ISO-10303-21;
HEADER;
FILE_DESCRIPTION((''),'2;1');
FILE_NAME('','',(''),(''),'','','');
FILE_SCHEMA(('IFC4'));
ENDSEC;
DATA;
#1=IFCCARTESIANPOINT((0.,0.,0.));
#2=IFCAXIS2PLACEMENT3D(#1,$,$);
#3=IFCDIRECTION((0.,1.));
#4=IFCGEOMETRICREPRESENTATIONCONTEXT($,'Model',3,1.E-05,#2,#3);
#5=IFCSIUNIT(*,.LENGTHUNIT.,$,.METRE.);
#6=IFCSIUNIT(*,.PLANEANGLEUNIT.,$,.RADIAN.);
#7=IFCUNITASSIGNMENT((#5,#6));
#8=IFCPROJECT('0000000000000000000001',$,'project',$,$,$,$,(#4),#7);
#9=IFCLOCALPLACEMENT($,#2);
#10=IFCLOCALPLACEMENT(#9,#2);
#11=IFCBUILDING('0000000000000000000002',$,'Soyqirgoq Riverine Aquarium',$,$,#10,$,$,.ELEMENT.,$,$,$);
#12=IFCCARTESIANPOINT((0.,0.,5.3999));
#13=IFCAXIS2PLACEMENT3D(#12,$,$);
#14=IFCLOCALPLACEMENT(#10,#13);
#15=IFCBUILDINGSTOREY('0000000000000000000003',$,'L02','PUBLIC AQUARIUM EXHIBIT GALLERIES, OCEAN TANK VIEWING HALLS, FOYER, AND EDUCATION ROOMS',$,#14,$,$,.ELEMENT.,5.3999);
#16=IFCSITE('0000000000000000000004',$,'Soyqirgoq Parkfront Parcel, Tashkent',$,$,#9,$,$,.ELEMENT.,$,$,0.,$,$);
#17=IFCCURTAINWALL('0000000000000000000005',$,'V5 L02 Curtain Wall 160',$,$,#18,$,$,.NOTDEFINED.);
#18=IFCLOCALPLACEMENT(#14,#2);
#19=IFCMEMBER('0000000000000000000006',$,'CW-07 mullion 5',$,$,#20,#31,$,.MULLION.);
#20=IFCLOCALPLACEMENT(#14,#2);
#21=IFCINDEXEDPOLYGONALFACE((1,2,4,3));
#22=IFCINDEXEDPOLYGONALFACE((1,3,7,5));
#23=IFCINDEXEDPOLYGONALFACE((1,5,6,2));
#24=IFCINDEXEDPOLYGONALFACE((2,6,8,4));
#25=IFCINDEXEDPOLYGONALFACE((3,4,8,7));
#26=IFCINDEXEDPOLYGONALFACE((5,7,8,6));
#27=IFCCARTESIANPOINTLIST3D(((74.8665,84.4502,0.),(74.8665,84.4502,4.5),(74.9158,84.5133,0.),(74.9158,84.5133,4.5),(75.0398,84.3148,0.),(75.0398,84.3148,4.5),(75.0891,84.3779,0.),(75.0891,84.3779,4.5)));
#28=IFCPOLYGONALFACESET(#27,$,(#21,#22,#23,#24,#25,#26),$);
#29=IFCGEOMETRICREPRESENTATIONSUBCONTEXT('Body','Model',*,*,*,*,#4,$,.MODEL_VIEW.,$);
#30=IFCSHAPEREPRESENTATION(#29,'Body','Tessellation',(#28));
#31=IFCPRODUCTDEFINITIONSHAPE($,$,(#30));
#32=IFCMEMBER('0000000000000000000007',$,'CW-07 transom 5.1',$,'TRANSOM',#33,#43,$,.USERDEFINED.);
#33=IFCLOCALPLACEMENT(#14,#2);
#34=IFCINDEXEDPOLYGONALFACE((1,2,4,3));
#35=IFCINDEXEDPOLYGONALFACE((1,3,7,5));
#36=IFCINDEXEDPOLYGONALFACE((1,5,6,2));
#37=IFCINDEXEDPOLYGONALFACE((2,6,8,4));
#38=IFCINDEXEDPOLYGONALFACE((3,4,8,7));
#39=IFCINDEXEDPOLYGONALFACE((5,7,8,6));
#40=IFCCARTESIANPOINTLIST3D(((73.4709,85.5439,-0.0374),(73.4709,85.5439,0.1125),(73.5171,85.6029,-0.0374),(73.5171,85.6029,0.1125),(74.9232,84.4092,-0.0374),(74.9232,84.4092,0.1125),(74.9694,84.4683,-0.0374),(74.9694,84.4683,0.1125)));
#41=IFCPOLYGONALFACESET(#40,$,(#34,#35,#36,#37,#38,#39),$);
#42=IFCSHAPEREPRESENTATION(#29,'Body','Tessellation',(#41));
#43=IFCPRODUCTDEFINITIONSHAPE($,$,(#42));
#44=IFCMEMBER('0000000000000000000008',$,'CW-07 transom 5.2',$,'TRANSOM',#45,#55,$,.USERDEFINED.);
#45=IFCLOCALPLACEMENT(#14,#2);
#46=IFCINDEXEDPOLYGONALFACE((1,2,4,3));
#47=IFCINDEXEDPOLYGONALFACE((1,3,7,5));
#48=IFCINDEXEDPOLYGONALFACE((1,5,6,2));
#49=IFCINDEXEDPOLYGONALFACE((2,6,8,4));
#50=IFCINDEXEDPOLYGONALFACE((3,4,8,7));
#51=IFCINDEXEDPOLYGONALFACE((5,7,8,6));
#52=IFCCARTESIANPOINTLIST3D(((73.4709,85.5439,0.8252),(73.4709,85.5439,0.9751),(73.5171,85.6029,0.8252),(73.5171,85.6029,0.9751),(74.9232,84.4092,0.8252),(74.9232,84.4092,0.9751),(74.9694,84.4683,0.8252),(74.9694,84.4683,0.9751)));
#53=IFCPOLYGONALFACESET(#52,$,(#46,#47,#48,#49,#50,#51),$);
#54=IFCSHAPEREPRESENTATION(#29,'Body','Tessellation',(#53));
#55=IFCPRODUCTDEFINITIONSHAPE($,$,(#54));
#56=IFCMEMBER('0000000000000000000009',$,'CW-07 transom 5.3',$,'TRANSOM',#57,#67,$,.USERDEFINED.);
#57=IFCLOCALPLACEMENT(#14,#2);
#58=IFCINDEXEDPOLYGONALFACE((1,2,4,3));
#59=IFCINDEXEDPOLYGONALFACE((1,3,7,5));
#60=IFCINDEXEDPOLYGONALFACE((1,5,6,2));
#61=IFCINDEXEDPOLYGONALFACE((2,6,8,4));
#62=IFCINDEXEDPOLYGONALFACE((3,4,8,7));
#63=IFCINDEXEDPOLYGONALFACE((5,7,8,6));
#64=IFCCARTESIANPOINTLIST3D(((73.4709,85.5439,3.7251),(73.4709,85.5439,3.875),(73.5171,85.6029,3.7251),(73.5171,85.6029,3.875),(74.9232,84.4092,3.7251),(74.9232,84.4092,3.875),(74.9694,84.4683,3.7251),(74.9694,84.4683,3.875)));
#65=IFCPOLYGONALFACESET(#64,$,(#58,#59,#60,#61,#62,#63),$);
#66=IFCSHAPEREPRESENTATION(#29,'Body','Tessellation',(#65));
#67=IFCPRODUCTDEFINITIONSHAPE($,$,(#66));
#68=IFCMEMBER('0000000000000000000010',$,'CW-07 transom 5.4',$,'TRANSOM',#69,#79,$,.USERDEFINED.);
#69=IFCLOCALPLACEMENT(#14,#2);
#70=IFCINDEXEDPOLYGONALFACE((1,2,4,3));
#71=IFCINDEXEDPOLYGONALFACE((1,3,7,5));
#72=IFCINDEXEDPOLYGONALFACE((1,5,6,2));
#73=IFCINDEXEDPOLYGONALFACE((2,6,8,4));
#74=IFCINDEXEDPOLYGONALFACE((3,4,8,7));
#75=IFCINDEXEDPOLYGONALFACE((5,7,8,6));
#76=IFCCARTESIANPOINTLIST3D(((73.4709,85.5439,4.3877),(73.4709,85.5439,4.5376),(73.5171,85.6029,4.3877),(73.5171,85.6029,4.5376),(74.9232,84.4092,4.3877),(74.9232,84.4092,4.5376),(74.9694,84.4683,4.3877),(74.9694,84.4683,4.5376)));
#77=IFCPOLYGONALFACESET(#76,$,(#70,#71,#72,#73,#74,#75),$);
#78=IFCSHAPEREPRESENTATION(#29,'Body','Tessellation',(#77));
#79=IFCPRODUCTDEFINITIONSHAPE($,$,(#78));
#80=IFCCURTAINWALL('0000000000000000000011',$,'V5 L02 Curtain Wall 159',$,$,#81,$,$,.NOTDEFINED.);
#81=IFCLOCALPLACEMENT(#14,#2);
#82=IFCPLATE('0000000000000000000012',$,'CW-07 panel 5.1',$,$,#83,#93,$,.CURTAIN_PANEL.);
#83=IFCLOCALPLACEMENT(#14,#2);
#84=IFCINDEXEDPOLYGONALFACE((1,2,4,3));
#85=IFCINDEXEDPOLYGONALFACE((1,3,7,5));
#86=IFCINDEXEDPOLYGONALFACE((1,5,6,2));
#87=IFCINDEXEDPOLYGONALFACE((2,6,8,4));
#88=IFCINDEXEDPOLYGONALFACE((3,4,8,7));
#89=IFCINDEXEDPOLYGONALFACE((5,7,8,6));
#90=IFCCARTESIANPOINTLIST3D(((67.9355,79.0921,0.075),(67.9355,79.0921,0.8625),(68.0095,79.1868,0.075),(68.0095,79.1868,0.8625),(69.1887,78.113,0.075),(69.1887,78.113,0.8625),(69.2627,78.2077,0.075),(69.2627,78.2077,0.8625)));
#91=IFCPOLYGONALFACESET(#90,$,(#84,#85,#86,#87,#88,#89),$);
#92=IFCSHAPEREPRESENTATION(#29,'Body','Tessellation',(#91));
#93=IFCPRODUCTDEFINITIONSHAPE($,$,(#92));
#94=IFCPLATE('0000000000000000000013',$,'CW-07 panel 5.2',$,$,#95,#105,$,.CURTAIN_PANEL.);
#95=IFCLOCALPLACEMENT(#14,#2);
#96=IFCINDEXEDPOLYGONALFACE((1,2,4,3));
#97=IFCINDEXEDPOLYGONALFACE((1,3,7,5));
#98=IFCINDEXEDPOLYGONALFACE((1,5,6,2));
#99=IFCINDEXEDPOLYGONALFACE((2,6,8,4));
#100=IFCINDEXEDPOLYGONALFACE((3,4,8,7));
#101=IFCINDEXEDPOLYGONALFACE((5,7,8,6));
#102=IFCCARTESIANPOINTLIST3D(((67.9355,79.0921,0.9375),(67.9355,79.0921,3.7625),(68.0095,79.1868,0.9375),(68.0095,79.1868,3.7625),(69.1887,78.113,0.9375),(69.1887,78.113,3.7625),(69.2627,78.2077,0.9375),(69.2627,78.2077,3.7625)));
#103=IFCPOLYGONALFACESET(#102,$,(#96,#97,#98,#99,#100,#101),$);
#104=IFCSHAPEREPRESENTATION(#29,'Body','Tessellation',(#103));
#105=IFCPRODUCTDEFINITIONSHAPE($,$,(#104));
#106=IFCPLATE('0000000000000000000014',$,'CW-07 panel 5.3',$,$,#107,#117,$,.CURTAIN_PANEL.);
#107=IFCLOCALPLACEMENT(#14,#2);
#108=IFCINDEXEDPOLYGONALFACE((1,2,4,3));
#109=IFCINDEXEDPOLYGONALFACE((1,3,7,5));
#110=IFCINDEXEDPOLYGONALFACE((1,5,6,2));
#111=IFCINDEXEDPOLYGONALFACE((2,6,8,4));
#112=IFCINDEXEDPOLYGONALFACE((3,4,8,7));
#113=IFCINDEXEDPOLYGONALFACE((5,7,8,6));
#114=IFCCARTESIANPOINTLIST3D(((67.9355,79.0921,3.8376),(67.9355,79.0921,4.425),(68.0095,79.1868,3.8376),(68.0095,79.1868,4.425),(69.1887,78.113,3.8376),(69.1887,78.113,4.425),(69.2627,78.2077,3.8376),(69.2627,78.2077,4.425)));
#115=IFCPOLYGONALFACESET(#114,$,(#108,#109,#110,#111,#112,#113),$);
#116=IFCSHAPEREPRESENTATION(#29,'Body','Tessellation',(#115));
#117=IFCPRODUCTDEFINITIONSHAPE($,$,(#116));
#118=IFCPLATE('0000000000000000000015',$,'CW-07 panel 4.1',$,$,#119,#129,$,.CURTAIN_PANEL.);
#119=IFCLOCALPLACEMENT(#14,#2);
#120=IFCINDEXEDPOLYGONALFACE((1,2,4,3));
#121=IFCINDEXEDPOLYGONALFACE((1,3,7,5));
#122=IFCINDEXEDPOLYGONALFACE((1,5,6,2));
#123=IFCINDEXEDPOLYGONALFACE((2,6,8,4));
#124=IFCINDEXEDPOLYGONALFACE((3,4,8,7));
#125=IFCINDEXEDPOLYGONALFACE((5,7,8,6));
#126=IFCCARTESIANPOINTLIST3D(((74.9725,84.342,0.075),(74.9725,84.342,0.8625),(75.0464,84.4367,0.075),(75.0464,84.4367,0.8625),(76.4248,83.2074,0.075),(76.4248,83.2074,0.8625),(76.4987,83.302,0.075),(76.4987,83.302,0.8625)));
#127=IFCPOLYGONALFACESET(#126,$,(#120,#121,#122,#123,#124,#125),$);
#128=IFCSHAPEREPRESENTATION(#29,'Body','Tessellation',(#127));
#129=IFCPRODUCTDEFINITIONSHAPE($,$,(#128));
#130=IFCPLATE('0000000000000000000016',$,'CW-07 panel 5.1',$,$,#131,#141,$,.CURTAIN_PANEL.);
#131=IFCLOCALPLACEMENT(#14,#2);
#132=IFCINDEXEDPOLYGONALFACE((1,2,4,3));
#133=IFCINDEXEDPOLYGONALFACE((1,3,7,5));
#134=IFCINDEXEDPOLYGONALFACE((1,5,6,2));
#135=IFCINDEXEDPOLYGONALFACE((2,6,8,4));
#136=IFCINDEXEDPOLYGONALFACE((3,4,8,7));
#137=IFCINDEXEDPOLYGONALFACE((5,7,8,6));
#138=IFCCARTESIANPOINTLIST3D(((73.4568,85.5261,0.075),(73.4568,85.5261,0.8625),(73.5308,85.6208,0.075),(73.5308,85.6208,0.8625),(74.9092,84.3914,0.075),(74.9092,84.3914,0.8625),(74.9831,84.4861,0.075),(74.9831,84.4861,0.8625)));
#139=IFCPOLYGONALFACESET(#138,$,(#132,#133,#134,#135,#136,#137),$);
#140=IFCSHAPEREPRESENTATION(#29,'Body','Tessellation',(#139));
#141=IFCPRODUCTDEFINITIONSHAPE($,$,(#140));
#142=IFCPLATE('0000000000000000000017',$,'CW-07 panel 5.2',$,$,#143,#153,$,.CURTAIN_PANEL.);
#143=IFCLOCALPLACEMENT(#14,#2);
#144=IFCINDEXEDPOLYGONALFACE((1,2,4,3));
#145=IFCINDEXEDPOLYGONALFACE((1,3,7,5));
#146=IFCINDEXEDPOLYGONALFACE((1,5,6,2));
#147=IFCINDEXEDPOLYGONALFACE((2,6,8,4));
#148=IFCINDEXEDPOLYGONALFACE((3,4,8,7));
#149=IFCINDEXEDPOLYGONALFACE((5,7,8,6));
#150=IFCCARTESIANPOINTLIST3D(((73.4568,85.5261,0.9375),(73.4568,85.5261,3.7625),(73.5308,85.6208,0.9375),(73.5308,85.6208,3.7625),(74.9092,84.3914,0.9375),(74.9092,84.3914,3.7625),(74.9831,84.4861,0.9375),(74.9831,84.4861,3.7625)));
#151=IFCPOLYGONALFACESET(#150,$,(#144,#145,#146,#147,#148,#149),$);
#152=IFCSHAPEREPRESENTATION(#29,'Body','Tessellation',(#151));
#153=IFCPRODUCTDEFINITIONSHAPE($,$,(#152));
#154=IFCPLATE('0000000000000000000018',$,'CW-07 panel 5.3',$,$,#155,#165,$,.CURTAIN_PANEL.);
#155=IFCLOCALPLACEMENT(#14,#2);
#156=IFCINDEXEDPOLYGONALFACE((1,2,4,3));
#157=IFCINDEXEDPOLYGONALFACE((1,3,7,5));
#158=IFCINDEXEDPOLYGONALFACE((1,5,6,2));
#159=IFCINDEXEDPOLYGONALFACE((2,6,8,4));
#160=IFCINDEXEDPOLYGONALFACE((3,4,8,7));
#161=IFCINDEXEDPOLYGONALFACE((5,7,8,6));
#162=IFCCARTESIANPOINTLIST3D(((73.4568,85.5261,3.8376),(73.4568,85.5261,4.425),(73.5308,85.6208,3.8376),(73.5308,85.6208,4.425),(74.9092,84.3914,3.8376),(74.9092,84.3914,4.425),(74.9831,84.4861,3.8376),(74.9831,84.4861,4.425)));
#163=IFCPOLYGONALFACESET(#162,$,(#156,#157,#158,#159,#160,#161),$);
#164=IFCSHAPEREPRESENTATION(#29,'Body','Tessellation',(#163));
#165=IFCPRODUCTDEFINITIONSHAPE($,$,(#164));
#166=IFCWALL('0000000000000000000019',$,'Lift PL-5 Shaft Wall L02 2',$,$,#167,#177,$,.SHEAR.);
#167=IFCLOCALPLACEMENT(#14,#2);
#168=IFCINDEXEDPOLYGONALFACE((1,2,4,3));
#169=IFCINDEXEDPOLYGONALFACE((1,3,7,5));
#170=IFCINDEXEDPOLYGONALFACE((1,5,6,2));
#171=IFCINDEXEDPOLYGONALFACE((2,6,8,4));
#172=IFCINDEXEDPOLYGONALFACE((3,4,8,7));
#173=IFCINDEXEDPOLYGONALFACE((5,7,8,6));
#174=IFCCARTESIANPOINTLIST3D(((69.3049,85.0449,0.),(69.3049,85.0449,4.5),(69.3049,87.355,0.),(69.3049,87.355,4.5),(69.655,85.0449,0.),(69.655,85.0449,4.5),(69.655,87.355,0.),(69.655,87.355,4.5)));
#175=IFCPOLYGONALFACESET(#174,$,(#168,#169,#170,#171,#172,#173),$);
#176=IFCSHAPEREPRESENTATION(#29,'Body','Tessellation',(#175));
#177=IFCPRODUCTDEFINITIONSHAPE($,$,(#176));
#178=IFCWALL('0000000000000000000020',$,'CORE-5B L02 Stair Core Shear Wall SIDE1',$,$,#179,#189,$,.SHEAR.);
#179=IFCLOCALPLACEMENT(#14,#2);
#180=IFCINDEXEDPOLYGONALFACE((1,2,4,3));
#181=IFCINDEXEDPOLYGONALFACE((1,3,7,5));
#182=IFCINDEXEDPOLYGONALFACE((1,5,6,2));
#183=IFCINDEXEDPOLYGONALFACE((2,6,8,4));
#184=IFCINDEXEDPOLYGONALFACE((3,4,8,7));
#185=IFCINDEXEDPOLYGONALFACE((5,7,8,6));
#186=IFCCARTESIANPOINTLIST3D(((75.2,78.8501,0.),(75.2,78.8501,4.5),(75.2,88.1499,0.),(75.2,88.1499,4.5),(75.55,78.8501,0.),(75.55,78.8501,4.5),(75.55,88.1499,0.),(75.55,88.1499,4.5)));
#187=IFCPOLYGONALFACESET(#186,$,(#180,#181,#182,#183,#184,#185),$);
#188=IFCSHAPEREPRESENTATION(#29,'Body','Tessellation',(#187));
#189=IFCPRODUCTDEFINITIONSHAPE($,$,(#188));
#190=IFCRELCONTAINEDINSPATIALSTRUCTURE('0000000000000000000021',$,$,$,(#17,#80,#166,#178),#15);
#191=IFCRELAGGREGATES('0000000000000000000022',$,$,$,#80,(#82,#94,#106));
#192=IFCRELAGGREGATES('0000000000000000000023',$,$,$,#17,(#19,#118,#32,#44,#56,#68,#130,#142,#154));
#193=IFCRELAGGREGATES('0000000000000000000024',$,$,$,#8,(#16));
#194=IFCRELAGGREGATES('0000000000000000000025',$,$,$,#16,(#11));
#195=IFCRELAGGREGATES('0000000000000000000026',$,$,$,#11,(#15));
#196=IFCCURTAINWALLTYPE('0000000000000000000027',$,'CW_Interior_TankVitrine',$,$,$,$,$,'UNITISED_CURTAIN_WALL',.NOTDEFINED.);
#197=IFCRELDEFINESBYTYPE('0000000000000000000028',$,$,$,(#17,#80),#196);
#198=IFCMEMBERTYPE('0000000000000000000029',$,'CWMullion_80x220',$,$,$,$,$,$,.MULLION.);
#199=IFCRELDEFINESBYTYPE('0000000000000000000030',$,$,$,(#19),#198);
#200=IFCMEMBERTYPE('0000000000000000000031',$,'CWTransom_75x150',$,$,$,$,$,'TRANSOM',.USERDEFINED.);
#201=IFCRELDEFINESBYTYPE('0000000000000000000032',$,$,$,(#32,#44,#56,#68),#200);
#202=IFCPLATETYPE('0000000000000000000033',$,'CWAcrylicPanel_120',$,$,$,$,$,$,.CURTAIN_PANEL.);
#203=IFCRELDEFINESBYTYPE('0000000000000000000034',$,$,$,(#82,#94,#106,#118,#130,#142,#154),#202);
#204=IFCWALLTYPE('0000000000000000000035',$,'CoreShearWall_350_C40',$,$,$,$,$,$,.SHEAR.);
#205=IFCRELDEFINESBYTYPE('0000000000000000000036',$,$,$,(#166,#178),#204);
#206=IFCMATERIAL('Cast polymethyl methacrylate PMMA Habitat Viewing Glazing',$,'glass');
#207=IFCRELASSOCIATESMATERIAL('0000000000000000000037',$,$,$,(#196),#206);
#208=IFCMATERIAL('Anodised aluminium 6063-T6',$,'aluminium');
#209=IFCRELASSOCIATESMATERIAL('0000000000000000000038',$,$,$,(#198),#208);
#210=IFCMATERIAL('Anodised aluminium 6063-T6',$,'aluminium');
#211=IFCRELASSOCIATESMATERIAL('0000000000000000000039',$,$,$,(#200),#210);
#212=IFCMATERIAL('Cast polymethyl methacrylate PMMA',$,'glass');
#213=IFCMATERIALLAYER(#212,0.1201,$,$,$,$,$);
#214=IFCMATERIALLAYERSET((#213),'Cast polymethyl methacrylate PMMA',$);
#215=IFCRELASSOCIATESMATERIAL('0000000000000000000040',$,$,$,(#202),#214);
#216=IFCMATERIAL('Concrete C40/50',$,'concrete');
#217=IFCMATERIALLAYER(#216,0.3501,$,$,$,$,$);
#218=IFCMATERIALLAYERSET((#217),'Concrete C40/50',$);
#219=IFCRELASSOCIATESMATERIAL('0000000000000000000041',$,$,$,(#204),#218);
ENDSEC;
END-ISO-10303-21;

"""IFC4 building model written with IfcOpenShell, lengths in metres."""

from ifc_helpers import new_model, si_unit, direction, frame, frame_2d, origin, origin_2d, place, context, subcontext, project, spatial, rectangle, extrude, material, layer, layer_set, material_profile, profile_set, type_object, element, aggregate, save


model = new_model("IFC4")

# Units and contexts
model_context = context("Model", 3, precision=1e-05, world=origin(), true_north=direction((0.0, 1.0)))
body_context = subcontext(model_context, "Body", "Model", "MODEL_VIEW")
ifc_project = project(units=[si_unit("LENGTHUNIT", "METRE"), si_unit("PLANEANGLEUNIT", "RADIAN")], contexts=[model_context])

# Site, building, storey
site_placement = place(None, origin())
site = spatial("IfcSite", under=ifc_project, at=site_placement, Name="Soyqirgoq Parkfront Parcel, Tashkent", CompositionType="ELEMENT", RefElevation=0.0)
building_placement = place(site_placement, origin())
building = spatial("IfcBuilding", under=site, at=building_placement, Name="Soyqirgoq Riverine Aquarium", CompositionType="ELEMENT")
storey_placement = place(building_placement, frame((0.0, 0.0, 5.3999)))
storey = spatial("IfcBuildingStorey", under=building, at=storey_placement, Name="L02", Description="PUBLIC AQUARIUM EXHIBIT GALLERIES, OCEAN TANK VIEWING HALLS, FOYER, AND EDUCATION ROOMS", CompositionType="ELEMENT", Elevation=5.3999)

# Curtain wall, members
ifc_material_1 = material(Name="Cast polymethyl methacrylate PMMA Habitat Viewing Glazing", Category="glass")
curtain_wall_type = type_object("IfcCurtainWallType", Name="CW_Interior_TankVitrine", ElementType="UNITISED_CURTAIN_WALL", PredefinedType="NOTDEFINED", material=ifc_material_1)
curtain_wall_1_placement = place(storey_placement, origin())
curtain_wall_1 = element("IfcCurtainWall", 1, at=curtain_wall_1_placement, inside=storey, type_object=curtain_wall_type, Name="V5 L02 Curtain Wall 160", PredefinedType="NOTDEFINED")
ifc_material_2 = material(Name="Anodised aluminium 6063-T6", Category="aluminium")
ifc_material_profile_1 = material_profile(ifc_material_2, rectangle(XDim=0.0801, YDim=0.22, at=origin_2d()), Name="ALU-M 80x220")
ifc_profile_set_1 = profile_set([ifc_material_profile_1], Name="Anodised aluminium 6063-T6")
member_type_1 = type_object("IfcMemberType", Name="CWMullion_80x220", PredefinedType="MULLION", material=ifc_profile_set_1)
member_1_placement = place(storey_placement, frame((74.9778, 84.4141, 0.0), z_axis=(0.0, 0.0, 1.0), x_axis=(-0.615655, -0.788016, 0.0)))
member_1 = element("IfcMember", 2, at=member_1_placement, type_object=member_type_1, Name="CW-07 mullion 5", PredefinedType="MULLION", context=body_context, shape_type="SweptSolid", body=[
    extrude(rectangle(XDim=0.0801, YDim=0.22, at=origin_2d()), origin(), (0.0, 0.0, 1.0), 4.5),
])
ifc_material_3 = material(Name="Anodised aluminium 6063-T6", Category="aluminium")
ifc_material_profile_2 = material_profile(ifc_material_3, rectangle(XDim=0.075, YDim=0.1499, at=origin_2d()), Name="ALU-T 75x150")
ifc_profile_set_2 = profile_set([ifc_material_profile_2], Name="Anodised aluminium 6063-T6")
member_type_2 = type_object("IfcMemberType", Name="CWTransom_75x150", ElementType="TRANSOM", PredefinedType="USERDEFINED", material=ifc_profile_set_2)
member_2_placement = place(storey_placement, frame((74.9463, 84.4387, 0.0376), z_axis=(-0.788002, 0.615672, 0.0), x_axis=(-0.615672, -0.788002, 0.0)))
member_2 = element("IfcMember", 3, at=member_2_placement, type_object=member_type_2, Name="CW-07 transom 5.1", ObjectType="TRANSOM", PredefinedType="USERDEFINED", context=body_context, shape_type="SweptSolid", body=[
    extrude(rectangle(XDim=0.075, YDim=0.1499, at=origin_2d()), origin(), (0.0, 0.0, 1.0), 1.843),
])
member_3_placement = place(storey_placement, frame((74.9463, 84.4387, 0.9001), z_axis=(-0.788002, 0.615672, 0.0), x_axis=(-0.615672, -0.788002, 0.0)))
member_3 = element("IfcMember", 4, at=member_3_placement, type_object=member_type_2, Name="CW-07 transom 5.2", ObjectType="TRANSOM", PredefinedType="USERDEFINED", context=body_context, shape_type="SweptSolid", body=[
    extrude(rectangle(XDim=0.075, YDim=0.1499, at=origin_2d()), origin(), (0.0, 0.0, 1.0), 1.843),
])
member_4_placement = place(storey_placement, frame((74.9463, 84.4387, 3.8), z_axis=(-0.788002, 0.615672, 0.0), x_axis=(-0.615672, -0.788002, 0.0)))
member_4 = element("IfcMember", 5, at=member_4_placement, type_object=member_type_2, Name="CW-07 transom 5.3", ObjectType="TRANSOM", PredefinedType="USERDEFINED", context=body_context, shape_type="SweptSolid", body=[
    extrude(rectangle(XDim=0.075, YDim=0.1499, at=origin_2d()), origin(), (0.0, 0.0, 1.0), 1.843),
])
member_5_placement = place(storey_placement, frame((74.9463, 84.4387, 4.4626), z_axis=(-0.788002, 0.615672, 0.0), x_axis=(-0.615672, -0.788002, 0.0)))
member_5 = element("IfcMember", 6, at=member_5_placement, type_object=member_type_2, Name="CW-07 transom 5.4", ObjectType="TRANSOM", PredefinedType="USERDEFINED", context=body_context, shape_type="SweptSolid", body=[
    extrude(rectangle(XDim=0.075, YDim=0.1499, at=origin_2d()), origin(), (0.0, 0.0, 1.0), 1.843),
])

# Curtain wall, plates
curtain_wall_2_placement = place(storey_placement, origin())
curtain_wall_2 = element("IfcCurtainWall", 7, at=curtain_wall_2_placement, inside=storey, type_object=curtain_wall_type, Name="V5 L02 Curtain Wall 159", PredefinedType="NOTDEFINED")
ifc_material_4 = material(Name="Cast polymethyl methacrylate PMMA", Category="glass")
ifc_layer_1 = layer(ifc_material_4, 0.1201)
ifc_layer_set_1 = layer_set([ifc_layer_1], Name="Cast polymethyl methacrylate PMMA")
plate_type = type_object("IfcPlateType", Name="CWAcrylicPanel_120", PredefinedType="CURTAIN_PANEL", material=ifc_layer_set_1)
plate_1_placement = place(storey_placement, frame((68.5991, 78.6499, 0.075), z_axis=(0.0, 0.0, 1.0), x_axis=(-0.788011, 0.615661, 0.0)))
plate_1 = element("IfcPlate", 8, at=plate_1_placement, type_object=plate_type, Name="CW-07 panel 5.1", PredefinedType="CURTAIN_PANEL", context=body_context, shape_type="SweptSolid", body=[
    extrude(rectangle(XDim=1.5903, YDim=0.1201, at=origin_2d()), origin(), (0.0, 0.0, 1.0), 0.7876),
])
plate_2_placement = place(storey_placement, frame((68.5991, 78.6499, 0.9375), z_axis=(0.0, 0.0, 1.0), x_axis=(-0.788011, 0.615661, 0.0)))
plate_2 = element("IfcPlate", 9, at=plate_2_placement, type_object=plate_type, Name="CW-07 panel 5.2", PredefinedType="CURTAIN_PANEL", context=body_context, shape_type="SweptSolid", body=[
    extrude(rectangle(XDim=1.5903, YDim=0.1201, at=origin_2d()), origin(), (0.0, 0.0, 1.0), 2.825),
])
plate_3_placement = place(storey_placement, frame((68.5991, 78.6499, 3.8376), z_axis=(0.0, 0.0, 1.0), x_axis=(-0.788011, 0.615661, 0.0)))
plate_3 = element("IfcPlate", 10, at=plate_3_placement, type_object=plate_type, Name="CW-07 panel 5.3", PredefinedType="CURTAIN_PANEL", context=body_context, shape_type="SweptSolid", body=[
    extrude(rectangle(XDim=1.5903, YDim=0.1201, at=origin_2d()), origin(), (0.0, 0.0, 1.0), 0.5874),
])
aggregate(curtain_wall_2, [plate_1, plate_2, plate_3])

# Plates
plate_4_placement = place(storey_placement, frame((75.7356, 83.822, 0.075), z_axis=(0.0, 0.0, 1.0), x_axis=(-0.788016, 0.615655, 0.0)))
plate_4 = element("IfcPlate", 11, at=plate_4_placement, type_object=plate_type, Name="CW-07 panel 4.1", PredefinedType="CURTAIN_PANEL", context=body_context, shape_type="SweptSolid", body=[
    extrude(rectangle(XDim=1.843, YDim=0.1201, at=origin_2d()), origin(), (0.0, 0.0, 1.0), 0.7876),
])
plate_5_placement = place(storey_placement, frame((74.22, 85.0061, 0.075), z_axis=(0.0, 0.0, 1.0), x_axis=(-0.788016, 0.615655, 0.0)))
plate_5 = element("IfcPlate", 12, at=plate_5_placement, type_object=plate_type, Name="CW-07 panel 5.1", PredefinedType="CURTAIN_PANEL", context=body_context, shape_type="SweptSolid", body=[
    extrude(rectangle(XDim=1.843, YDim=0.1201, at=origin_2d()), origin(), (0.0, 0.0, 1.0), 0.7876),
])
plate_6_placement = place(storey_placement, frame((74.22, 85.0061, 0.9375), z_axis=(0.0, 0.0, 1.0), x_axis=(-0.788016, 0.615655, 0.0)))
plate_6 = element("IfcPlate", 13, at=plate_6_placement, type_object=plate_type, Name="CW-07 panel 5.2", PredefinedType="CURTAIN_PANEL", context=body_context, shape_type="SweptSolid", body=[
    extrude(rectangle(XDim=1.843, YDim=0.1201, at=origin_2d()), origin(), (0.0, 0.0, 1.0), 2.825),
])
plate_7_placement = place(storey_placement, frame((74.22, 85.0061, 3.8376), z_axis=(0.0, 0.0, 1.0), x_axis=(-0.788016, 0.615655, 0.0)))
plate_7 = element("IfcPlate", 14, at=plate_7_placement, type_object=plate_type, Name="CW-07 panel 5.3", PredefinedType="CURTAIN_PANEL", context=body_context, shape_type="SweptSolid", body=[
    extrude(rectangle(XDim=1.843, YDim=0.1201, at=origin_2d()), origin(), (0.0, 0.0, 1.0), 0.5874),
])
aggregate(curtain_wall_1, [member_1, plate_4, member_2, member_3, member_4, member_5, plate_5, plate_6, plate_7])

# Walls
ifc_material_5 = material(Name="Concrete C40/50", Category="concrete")
ifc_layer_2 = layer(ifc_material_5, 0.3501)
ifc_layer_set_2 = layer_set([ifc_layer_2], Name="Concrete C40/50")
wall_type_1 = type_object("IfcWallType", Name="CoreShearWall_350_C40", PredefinedType="SHEAR", material=ifc_layer_set_2)
wall_1_placement = place(storey_placement, frame((69.48, 85.0449, 0.0), z_axis=(0.0, 0.0, 1.0), x_axis=(0.0, 1.0, 0.0)))
element("IfcWall", 15, at=wall_1_placement, inside=storey, type_object=wall_type_1, Name="Lift PL-5 Shaft Wall L02 2", PredefinedType="SHEAR", context=body_context, shape_type="SweptSolid", body=[
    extrude(rectangle(XDim=2.3101, YDim=0.3501, at=frame_2d((1.155, 0.0))), origin(), (0.0, 0.0, 1.0), 4.5),
])
wall_2_placement = place(storey_placement, frame((75.375, 78.8501, 0.0), z_axis=(0.0, 0.0, 1.0), x_axis=(0.0, 1.0, 0.0)))
element("IfcWall", 16, at=wall_2_placement, inside=storey, type_object=wall_type_1, Name="CORE-5B L02 Stair Core Shear Wall SIDE1", PredefinedType="SHEAR", context=body_context, shape_type="SweptSolid", body=[
    extrude(rectangle(XDim=9.2998, YDim=0.3501, at=frame_2d((4.6499, 0.0))), origin(), (0.0, 0.0, 1.0), 4.5),
])

save(model, "model.ifc")
